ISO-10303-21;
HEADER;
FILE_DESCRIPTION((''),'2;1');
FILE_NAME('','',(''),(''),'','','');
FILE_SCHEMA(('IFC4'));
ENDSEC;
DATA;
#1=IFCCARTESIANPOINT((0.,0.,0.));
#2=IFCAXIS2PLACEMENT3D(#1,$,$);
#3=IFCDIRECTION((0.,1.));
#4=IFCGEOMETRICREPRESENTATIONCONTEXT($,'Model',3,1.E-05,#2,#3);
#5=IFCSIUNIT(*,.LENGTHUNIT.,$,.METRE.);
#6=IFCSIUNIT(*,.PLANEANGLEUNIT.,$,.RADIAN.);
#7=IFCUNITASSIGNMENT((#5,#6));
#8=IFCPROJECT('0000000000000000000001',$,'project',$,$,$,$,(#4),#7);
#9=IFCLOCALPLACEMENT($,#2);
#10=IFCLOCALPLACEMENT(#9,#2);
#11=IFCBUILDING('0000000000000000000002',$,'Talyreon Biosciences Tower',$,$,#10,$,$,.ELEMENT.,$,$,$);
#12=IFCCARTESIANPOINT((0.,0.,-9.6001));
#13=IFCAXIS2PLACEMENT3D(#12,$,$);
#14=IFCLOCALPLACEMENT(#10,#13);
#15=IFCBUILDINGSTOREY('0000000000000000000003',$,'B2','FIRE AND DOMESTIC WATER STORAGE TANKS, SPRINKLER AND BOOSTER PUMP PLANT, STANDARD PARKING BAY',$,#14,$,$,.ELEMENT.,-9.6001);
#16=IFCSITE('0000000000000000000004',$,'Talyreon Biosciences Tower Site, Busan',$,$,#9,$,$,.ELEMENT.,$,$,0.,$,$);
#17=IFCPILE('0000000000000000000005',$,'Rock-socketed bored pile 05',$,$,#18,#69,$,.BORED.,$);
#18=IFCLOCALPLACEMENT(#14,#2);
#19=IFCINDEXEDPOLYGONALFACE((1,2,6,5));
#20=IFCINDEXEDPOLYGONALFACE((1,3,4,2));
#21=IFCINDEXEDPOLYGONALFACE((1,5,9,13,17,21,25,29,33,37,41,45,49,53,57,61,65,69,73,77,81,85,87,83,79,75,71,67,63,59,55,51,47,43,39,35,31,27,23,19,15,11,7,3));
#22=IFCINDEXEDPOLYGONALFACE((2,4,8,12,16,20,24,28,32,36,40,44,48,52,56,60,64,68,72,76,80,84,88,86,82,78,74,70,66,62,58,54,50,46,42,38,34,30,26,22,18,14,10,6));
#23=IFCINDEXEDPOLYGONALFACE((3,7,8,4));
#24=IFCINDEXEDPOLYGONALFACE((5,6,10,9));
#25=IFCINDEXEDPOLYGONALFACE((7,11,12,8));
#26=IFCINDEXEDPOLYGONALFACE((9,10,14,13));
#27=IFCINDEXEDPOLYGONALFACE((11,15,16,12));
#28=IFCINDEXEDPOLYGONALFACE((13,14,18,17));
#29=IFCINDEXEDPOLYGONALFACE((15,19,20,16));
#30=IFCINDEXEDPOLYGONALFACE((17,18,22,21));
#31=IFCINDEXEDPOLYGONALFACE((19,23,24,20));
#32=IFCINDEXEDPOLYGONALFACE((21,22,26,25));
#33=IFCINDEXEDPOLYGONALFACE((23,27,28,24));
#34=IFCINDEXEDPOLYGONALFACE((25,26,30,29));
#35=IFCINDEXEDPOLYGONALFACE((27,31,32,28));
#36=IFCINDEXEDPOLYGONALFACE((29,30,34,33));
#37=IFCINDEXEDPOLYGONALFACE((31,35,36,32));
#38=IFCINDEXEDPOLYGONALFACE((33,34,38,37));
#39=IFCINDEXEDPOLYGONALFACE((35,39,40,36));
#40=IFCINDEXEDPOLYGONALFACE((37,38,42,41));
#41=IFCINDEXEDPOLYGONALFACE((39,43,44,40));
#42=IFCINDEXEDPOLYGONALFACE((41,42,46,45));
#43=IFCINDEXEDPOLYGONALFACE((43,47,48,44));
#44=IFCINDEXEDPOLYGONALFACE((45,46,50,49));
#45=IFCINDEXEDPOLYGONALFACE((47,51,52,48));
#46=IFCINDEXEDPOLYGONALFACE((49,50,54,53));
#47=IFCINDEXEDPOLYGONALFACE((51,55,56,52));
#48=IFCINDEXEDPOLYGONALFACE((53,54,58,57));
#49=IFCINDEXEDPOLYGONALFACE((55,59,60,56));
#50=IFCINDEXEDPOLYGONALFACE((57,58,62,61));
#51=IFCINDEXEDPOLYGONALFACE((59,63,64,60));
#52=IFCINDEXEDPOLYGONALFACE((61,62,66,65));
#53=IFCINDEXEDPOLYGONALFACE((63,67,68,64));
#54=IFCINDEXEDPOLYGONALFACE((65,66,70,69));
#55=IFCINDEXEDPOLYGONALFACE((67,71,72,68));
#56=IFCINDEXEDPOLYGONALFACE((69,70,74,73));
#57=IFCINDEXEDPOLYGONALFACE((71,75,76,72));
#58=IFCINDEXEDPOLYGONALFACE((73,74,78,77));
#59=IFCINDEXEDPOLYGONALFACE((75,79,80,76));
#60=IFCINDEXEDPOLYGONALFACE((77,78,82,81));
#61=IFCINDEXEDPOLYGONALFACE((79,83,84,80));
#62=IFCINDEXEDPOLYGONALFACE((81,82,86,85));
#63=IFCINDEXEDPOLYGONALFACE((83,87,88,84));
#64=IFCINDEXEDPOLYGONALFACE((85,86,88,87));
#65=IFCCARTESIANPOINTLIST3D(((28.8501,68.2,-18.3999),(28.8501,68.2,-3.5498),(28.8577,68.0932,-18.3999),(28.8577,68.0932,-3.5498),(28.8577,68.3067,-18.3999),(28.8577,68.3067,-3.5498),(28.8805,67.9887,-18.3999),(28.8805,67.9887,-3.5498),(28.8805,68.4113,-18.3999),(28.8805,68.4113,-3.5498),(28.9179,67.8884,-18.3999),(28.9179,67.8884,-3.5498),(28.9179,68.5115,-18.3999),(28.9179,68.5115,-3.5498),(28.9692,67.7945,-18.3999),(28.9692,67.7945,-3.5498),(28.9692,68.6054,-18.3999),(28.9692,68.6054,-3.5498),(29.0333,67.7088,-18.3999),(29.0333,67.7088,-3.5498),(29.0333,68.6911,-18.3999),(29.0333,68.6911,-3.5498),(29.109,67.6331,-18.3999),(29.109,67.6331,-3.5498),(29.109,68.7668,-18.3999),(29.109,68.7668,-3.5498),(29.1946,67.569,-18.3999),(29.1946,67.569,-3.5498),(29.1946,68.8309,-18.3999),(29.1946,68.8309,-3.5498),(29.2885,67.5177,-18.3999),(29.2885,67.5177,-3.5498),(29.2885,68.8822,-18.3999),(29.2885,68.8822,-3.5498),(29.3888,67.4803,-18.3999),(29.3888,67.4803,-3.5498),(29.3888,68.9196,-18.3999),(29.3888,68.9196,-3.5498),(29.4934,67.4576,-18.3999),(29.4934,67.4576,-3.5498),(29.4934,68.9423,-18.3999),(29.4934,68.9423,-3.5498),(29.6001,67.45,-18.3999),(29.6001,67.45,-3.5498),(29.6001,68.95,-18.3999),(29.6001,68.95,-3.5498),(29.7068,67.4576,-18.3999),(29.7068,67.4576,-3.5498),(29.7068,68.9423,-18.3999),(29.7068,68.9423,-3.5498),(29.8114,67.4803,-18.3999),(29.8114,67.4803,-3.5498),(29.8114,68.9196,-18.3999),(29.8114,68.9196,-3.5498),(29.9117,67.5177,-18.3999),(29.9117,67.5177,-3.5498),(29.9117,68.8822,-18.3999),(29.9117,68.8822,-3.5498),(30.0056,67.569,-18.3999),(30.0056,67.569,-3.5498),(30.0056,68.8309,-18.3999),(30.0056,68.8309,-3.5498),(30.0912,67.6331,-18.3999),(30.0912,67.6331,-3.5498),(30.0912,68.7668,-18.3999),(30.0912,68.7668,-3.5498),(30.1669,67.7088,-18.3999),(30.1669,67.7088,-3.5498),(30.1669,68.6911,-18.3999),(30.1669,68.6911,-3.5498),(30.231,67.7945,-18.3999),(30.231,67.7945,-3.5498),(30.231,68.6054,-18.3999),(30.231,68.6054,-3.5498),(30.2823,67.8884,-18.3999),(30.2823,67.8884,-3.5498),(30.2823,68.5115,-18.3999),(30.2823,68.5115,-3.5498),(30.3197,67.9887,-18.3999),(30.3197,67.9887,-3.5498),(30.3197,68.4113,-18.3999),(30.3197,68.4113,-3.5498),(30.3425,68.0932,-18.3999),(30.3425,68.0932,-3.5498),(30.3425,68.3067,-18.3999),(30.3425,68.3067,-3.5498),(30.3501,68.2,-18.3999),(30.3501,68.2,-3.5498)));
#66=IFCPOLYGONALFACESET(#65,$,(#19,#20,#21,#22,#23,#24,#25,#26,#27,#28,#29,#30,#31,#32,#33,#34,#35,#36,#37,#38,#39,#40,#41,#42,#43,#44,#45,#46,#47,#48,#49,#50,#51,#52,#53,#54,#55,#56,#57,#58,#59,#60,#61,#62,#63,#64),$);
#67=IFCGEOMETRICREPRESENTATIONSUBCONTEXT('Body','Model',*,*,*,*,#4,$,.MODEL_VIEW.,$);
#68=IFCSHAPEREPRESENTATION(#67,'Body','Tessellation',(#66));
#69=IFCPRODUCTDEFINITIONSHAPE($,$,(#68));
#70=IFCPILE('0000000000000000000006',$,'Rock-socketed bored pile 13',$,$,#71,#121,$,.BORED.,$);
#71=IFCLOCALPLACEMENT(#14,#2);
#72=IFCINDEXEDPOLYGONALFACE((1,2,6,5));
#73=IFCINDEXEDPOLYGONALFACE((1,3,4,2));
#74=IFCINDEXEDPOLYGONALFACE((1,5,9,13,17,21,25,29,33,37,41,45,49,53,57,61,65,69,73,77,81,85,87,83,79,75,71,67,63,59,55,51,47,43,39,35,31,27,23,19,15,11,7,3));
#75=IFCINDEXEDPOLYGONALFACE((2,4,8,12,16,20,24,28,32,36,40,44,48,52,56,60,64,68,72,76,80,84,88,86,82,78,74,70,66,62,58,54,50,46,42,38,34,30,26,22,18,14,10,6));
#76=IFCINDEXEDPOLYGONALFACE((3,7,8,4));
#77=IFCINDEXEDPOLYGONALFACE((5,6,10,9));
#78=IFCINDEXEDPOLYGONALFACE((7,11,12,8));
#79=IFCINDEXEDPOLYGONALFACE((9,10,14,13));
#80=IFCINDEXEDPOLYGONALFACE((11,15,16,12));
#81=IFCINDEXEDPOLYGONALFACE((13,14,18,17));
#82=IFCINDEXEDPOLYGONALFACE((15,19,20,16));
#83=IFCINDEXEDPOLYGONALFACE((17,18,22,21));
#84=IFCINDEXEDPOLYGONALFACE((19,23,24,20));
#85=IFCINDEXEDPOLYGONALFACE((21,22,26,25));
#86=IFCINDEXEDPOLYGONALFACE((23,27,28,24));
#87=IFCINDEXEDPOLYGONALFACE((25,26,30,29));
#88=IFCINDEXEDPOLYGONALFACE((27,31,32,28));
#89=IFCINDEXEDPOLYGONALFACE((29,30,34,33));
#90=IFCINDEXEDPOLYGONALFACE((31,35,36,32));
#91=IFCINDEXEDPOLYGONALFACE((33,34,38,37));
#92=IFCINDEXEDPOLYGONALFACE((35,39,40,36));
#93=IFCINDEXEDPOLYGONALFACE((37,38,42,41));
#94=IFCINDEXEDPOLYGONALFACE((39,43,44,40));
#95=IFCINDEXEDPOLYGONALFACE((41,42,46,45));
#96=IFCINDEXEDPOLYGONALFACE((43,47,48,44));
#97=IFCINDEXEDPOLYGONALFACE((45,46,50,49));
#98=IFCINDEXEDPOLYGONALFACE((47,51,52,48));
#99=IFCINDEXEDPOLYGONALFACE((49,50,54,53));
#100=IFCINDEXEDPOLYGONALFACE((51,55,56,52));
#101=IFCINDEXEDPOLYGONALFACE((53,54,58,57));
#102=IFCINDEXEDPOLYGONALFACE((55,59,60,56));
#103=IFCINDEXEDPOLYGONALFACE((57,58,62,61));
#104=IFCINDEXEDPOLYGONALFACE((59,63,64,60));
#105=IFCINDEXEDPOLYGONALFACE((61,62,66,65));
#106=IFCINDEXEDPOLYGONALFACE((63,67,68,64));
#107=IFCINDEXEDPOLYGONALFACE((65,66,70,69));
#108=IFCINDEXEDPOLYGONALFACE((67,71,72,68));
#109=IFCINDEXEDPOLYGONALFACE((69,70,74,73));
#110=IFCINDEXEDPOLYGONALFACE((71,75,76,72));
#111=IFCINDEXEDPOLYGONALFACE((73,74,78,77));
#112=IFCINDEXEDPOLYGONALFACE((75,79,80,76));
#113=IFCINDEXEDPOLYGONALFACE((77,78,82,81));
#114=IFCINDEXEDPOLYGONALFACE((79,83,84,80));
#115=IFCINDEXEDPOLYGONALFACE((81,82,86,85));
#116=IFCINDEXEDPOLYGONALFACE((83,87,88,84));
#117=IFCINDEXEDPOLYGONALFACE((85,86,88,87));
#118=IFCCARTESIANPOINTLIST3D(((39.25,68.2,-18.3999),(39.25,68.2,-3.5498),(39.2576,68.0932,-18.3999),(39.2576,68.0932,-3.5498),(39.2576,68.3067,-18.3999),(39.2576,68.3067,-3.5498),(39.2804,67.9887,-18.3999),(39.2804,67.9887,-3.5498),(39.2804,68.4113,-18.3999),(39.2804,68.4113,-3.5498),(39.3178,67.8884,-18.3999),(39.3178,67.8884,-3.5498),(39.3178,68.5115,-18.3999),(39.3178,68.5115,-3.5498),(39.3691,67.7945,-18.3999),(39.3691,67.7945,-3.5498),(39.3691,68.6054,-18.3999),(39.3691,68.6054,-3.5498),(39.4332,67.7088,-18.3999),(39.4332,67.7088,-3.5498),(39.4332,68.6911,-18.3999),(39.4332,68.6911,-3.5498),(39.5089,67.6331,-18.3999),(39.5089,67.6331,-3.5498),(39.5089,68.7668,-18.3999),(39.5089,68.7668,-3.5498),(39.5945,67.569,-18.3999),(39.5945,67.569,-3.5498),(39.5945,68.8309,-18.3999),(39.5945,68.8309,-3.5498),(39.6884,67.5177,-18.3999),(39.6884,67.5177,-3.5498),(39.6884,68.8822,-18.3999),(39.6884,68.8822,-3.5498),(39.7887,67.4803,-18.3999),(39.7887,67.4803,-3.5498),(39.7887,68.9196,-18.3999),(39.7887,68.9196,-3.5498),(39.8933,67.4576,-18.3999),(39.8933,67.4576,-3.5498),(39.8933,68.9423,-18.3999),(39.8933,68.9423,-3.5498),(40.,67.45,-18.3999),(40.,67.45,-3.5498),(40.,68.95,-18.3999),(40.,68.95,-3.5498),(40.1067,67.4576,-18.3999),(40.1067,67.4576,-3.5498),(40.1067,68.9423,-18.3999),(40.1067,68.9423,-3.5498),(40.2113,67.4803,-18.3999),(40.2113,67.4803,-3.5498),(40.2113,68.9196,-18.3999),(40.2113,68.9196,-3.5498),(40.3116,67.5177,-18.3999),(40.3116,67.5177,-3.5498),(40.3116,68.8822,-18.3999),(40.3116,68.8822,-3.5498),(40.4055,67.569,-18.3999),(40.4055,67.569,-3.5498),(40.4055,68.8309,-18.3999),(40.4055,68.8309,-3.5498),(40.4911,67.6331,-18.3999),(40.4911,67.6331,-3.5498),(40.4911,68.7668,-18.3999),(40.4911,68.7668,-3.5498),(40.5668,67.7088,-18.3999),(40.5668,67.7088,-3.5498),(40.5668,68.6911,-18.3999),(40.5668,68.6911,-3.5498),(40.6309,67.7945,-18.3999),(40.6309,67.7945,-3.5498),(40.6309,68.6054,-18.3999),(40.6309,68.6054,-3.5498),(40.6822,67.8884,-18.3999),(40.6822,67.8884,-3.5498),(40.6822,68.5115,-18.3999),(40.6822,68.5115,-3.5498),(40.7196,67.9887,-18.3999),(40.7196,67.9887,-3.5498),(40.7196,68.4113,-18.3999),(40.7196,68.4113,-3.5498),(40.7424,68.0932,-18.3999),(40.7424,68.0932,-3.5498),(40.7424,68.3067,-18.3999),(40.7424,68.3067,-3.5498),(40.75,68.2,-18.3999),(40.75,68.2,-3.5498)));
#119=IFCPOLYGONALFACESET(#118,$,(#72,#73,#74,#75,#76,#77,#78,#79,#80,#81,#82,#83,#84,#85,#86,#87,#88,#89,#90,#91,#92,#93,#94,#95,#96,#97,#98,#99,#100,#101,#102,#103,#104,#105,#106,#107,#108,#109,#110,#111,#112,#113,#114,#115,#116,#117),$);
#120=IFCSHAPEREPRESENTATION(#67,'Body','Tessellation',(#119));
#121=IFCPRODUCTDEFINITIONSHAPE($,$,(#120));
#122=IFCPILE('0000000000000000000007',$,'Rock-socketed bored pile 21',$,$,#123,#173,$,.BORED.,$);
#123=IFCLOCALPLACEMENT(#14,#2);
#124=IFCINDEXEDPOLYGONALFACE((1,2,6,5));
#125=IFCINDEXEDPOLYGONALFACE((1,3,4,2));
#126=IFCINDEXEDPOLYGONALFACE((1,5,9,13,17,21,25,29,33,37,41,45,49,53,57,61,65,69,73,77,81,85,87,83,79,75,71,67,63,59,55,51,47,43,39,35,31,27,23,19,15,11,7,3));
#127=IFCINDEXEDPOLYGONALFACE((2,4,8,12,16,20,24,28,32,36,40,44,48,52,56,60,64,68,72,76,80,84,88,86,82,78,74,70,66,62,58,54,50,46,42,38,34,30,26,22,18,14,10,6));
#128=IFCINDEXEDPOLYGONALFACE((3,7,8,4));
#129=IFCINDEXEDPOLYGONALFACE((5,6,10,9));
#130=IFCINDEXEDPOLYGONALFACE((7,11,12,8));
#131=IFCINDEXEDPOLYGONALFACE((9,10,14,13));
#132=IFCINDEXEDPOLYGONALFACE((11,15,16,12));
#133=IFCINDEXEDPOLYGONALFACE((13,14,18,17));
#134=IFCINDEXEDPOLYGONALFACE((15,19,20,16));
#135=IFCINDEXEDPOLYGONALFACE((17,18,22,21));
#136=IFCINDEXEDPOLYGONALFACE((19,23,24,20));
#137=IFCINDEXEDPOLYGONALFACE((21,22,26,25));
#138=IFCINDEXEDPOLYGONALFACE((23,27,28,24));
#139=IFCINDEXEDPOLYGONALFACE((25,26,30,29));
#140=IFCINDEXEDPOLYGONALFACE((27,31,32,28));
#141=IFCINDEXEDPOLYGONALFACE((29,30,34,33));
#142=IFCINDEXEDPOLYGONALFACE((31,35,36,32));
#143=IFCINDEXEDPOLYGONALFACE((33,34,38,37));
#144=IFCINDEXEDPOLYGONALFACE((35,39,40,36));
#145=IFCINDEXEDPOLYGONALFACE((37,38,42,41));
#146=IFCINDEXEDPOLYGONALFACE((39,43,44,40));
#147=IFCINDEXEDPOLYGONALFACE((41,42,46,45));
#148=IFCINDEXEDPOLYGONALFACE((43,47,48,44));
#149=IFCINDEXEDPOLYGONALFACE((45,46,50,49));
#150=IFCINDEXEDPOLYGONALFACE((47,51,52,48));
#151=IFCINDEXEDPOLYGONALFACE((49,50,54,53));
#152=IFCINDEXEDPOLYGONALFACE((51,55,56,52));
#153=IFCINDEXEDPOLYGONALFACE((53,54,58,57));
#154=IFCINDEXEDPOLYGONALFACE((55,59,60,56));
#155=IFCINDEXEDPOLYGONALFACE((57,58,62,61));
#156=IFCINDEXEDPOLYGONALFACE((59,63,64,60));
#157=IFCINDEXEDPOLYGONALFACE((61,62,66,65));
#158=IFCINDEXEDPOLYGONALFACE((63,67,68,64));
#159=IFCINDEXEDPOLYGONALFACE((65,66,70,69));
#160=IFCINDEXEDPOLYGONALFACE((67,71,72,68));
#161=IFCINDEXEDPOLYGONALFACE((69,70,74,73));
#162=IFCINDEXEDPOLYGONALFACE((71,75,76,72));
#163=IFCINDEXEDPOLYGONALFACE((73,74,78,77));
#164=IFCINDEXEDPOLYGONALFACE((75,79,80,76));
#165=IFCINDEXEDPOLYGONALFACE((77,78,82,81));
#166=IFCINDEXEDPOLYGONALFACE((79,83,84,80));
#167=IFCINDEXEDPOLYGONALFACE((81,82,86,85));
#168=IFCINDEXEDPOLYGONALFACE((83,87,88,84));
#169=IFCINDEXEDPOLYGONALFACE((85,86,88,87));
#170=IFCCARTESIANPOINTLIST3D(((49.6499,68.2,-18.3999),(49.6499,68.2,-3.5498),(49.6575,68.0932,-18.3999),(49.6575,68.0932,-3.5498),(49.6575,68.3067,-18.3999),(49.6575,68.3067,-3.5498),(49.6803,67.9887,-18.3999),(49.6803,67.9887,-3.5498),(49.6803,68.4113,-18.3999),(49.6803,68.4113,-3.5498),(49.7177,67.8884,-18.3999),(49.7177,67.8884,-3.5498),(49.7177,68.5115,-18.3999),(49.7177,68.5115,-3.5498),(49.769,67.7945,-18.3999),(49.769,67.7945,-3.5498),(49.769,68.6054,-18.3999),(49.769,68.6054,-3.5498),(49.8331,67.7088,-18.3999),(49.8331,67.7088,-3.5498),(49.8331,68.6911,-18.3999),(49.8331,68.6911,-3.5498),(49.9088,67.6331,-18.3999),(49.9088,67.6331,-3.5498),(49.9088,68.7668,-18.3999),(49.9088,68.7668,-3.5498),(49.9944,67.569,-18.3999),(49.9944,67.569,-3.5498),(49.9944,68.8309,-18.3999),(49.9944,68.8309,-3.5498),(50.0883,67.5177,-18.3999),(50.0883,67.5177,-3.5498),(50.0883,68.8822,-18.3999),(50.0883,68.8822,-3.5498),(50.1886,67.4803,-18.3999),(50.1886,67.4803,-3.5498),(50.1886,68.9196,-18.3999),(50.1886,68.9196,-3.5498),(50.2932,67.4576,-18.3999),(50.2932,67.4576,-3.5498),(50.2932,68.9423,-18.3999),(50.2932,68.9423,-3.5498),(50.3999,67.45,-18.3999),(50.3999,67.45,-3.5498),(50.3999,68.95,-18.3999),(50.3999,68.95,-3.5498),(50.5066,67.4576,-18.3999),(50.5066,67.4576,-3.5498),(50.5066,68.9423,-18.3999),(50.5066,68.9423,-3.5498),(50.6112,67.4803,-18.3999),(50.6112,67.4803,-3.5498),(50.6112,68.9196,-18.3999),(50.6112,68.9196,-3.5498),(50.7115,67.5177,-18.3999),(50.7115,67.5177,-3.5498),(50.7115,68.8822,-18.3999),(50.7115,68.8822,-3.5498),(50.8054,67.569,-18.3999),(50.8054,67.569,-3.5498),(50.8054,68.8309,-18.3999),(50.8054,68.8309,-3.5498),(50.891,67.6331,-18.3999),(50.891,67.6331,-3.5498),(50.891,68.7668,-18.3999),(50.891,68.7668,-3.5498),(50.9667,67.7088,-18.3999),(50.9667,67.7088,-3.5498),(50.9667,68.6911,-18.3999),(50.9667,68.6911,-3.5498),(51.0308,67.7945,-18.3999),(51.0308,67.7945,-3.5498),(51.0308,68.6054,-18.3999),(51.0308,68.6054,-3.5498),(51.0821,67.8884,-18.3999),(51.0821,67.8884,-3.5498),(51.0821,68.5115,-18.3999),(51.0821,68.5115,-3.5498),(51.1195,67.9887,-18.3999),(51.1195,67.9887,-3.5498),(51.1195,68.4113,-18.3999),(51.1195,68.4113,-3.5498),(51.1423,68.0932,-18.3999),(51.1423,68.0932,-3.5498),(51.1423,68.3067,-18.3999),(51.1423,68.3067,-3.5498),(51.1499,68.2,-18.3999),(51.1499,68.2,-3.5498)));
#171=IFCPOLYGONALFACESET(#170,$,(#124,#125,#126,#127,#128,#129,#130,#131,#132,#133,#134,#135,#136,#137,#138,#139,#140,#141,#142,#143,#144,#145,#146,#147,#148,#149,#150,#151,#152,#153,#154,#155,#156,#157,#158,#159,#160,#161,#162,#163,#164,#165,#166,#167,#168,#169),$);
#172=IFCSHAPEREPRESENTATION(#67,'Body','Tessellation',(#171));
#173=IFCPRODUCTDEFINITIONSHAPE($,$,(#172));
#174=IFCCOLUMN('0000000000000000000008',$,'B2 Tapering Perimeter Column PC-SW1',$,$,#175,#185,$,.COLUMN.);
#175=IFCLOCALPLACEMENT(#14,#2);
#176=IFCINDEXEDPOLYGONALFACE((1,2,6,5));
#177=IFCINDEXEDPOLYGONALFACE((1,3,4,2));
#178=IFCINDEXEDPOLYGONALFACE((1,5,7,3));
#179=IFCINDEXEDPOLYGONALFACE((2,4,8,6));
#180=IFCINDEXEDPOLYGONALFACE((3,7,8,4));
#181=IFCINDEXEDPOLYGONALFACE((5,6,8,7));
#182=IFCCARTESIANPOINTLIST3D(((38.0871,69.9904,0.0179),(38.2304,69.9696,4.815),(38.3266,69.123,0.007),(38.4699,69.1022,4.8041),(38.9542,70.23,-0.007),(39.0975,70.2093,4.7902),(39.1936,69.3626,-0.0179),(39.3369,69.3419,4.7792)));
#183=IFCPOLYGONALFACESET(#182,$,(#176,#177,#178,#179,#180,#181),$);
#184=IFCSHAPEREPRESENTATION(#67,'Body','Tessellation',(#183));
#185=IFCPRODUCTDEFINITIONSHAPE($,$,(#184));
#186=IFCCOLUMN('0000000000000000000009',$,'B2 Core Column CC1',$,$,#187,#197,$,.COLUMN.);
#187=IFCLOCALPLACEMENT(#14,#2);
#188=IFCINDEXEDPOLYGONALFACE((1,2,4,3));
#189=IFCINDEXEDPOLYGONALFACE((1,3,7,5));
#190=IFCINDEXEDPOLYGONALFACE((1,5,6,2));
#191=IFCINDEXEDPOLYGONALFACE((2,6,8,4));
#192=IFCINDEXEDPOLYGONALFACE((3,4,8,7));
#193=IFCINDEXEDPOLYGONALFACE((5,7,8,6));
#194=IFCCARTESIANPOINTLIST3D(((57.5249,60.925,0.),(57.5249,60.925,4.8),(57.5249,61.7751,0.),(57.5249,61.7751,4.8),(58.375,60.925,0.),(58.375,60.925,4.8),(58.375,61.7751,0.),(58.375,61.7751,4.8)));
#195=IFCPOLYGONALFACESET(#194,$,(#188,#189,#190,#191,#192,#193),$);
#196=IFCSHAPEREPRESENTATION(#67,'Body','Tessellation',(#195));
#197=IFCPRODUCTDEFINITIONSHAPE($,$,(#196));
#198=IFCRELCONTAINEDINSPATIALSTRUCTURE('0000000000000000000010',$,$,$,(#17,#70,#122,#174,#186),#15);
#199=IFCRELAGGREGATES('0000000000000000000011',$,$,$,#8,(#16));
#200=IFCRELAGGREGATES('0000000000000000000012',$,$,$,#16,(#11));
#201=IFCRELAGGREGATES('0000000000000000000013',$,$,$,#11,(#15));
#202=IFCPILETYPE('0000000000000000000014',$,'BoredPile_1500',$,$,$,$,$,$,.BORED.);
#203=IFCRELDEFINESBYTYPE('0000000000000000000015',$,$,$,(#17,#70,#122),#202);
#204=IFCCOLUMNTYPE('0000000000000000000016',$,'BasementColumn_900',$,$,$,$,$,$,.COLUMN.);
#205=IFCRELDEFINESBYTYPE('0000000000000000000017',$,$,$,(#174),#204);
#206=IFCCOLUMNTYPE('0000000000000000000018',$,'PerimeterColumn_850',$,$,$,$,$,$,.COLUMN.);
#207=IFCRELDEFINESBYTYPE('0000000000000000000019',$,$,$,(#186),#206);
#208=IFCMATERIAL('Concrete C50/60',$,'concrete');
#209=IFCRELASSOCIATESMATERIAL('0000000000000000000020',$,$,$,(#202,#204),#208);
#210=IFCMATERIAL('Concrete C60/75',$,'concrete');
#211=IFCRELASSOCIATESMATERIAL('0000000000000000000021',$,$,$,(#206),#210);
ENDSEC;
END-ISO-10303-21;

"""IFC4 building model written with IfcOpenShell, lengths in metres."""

from ifc_helpers import new_model, si_unit, direction, frame, origin, origin_2d, place, context, subcontext, project, spatial, rectangle, circle, extrude, material, material_profile, profile_set, type_object, element, save


model = new_model("IFC4")

# Units and contexts
model_context = context("Model", 3, precision=1e-05, world=origin(), true_north=direction((0.0, 1.0)))
body_context = subcontext(model_context, "Body", "Model", "MODEL_VIEW")
ifc_project = project(units=[si_unit("LENGTHUNIT", "METRE"), si_unit("PLANEANGLEUNIT", "RADIAN")], contexts=[model_context])

# Site, building, storey
site_placement = place(None, origin())
site = spatial("IfcSite", under=ifc_project, at=site_placement, Name="Talyreon Biosciences Tower Site, Busan", CompositionType="ELEMENT", RefElevation=0.0)
building_placement = place(site_placement, origin())
building = spatial("IfcBuilding", under=site, at=building_placement, Name="Talyreon Biosciences Tower", CompositionType="ELEMENT")
storey_placement = place(building_placement, frame((0.0, 0.0, -9.6001)))
storey = spatial("IfcBuildingStorey", under=building, at=storey_placement, Name="B2", Description="FIRE AND DOMESTIC WATER STORAGE TANKS, SPRINKLER AND BOOSTER PUMP PLANT, STANDARD PARKING BAY", CompositionType="ELEMENT", Elevation=-9.6001)

# Piles
ifc_material_1 = material(Name="Concrete C50/60", Category="concrete")
ifc_material_profile_1 = material_profile(ifc_material_1, circle(Radius=0.75, at=origin_2d()), Name="PILE D1500")
ifc_profile_set_1 = profile_set([ifc_material_profile_1], Name="Concrete C50/60")
pile_type = type_object("IfcPileType", Name="BoredPile_1500", PredefinedType="BORED", material=ifc_profile_set_1)
for number, where, z_axis, x_axis, name in (
    (1, (29.6001, 68.2, -3.5498), (0.0, 0.0, -1.0), (1.0, 0.0, 0.0), "Rock-socketed bored pile 05"),
    (2, (40.0, 68.2, -3.5498), (0.0, 0.0, -1.0), (1.0, 0.0, 0.0), "Rock-socketed bored pile 13"),
    (3, (50.3999, 68.2, -3.5498), (0.0, 0.0, -1.0), (1.0, 0.0, 0.0), "Rock-socketed bored pile 21"),
):
    element("IfcPile", number, at=place(storey_placement, frame(where, z_axis=z_axis, x_axis=x_axis)), inside=storey, type_object=pile_type, Name=name, PredefinedType="BORED", context=body_context, shape_type="SweptSolid", body=[
        extrude(circle(Radius=0.75, at=origin_2d()), origin(), (0.0, 0.0, 1.0), 14.8501),
    ])

# Columns
ifc_material_profile_2 = material_profile(ifc_material_1, rectangle(XDim=0.8999, YDim=0.8999, at=origin_2d()), Name="RC 900x900")
ifc_profile_set_2 = profile_set([ifc_material_profile_2], Name="Concrete C50/60")
column_type_1 = type_object("IfcColumnType", Name="BasementColumn_900", PredefinedType="COLUMN", material=ifc_profile_set_2)
column_placement = place(storey_placement, frame((38.6404, 69.6765, 0.0), z_axis=(0.029861, -0.004324, 0.999545), x_axis=(0.96349, 0.266316, -0.027632)))
element("IfcColumn", 4, at=column_placement, inside=storey, type_object=column_type_1, Name="B2 Tapering Perimeter Column PC-SW1", PredefinedType="COLUMN", context=body_context, shape_type="SweptSolid", body=[
    extrude(rectangle(XDim=0.8999, YDim=0.8999, at=origin_2d()), origin(), (0.0, 0.0, 1.0), 4.7993),
])
ifc_material_2 = material(Name="Concrete C60/75", Category="concrete")
ifc_material_profile_3 = material_profile(ifc_material_2, rectangle(XDim=0.8501, YDim=0.8501, at=origin_2d()), Name="RC 850x850")
ifc_profile_set_3 = profile_set([ifc_material_profile_3], Name="Concrete C60/75")
column_type_2 = type_object("IfcColumnType", Name="PerimeterColumn_850", PredefinedType="COLUMN", material=ifc_profile_set_3)
for number, where, z_axis, x_axis, name in (
    (5, (57.95, 61.3501, 0.0), (0.0, 0.0, 1.0), (1.0, 0.0, 0.0), "B2 Core Column CC1"),
):
    element("IfcColumn", number, at=place(storey_placement, frame(where, z_axis=z_axis, x_axis=x_axis)), inside=storey, type_object=column_type_2, Name=name, PredefinedType="COLUMN", context=body_context, shape_type="SweptSolid", body=[
        extrude(rectangle(XDim=0.8501, YDim=0.8501, at=origin_2d()), origin(), (0.0, 0.0, 1.0), 4.8),
    ])

save(model, "model.ifc")
